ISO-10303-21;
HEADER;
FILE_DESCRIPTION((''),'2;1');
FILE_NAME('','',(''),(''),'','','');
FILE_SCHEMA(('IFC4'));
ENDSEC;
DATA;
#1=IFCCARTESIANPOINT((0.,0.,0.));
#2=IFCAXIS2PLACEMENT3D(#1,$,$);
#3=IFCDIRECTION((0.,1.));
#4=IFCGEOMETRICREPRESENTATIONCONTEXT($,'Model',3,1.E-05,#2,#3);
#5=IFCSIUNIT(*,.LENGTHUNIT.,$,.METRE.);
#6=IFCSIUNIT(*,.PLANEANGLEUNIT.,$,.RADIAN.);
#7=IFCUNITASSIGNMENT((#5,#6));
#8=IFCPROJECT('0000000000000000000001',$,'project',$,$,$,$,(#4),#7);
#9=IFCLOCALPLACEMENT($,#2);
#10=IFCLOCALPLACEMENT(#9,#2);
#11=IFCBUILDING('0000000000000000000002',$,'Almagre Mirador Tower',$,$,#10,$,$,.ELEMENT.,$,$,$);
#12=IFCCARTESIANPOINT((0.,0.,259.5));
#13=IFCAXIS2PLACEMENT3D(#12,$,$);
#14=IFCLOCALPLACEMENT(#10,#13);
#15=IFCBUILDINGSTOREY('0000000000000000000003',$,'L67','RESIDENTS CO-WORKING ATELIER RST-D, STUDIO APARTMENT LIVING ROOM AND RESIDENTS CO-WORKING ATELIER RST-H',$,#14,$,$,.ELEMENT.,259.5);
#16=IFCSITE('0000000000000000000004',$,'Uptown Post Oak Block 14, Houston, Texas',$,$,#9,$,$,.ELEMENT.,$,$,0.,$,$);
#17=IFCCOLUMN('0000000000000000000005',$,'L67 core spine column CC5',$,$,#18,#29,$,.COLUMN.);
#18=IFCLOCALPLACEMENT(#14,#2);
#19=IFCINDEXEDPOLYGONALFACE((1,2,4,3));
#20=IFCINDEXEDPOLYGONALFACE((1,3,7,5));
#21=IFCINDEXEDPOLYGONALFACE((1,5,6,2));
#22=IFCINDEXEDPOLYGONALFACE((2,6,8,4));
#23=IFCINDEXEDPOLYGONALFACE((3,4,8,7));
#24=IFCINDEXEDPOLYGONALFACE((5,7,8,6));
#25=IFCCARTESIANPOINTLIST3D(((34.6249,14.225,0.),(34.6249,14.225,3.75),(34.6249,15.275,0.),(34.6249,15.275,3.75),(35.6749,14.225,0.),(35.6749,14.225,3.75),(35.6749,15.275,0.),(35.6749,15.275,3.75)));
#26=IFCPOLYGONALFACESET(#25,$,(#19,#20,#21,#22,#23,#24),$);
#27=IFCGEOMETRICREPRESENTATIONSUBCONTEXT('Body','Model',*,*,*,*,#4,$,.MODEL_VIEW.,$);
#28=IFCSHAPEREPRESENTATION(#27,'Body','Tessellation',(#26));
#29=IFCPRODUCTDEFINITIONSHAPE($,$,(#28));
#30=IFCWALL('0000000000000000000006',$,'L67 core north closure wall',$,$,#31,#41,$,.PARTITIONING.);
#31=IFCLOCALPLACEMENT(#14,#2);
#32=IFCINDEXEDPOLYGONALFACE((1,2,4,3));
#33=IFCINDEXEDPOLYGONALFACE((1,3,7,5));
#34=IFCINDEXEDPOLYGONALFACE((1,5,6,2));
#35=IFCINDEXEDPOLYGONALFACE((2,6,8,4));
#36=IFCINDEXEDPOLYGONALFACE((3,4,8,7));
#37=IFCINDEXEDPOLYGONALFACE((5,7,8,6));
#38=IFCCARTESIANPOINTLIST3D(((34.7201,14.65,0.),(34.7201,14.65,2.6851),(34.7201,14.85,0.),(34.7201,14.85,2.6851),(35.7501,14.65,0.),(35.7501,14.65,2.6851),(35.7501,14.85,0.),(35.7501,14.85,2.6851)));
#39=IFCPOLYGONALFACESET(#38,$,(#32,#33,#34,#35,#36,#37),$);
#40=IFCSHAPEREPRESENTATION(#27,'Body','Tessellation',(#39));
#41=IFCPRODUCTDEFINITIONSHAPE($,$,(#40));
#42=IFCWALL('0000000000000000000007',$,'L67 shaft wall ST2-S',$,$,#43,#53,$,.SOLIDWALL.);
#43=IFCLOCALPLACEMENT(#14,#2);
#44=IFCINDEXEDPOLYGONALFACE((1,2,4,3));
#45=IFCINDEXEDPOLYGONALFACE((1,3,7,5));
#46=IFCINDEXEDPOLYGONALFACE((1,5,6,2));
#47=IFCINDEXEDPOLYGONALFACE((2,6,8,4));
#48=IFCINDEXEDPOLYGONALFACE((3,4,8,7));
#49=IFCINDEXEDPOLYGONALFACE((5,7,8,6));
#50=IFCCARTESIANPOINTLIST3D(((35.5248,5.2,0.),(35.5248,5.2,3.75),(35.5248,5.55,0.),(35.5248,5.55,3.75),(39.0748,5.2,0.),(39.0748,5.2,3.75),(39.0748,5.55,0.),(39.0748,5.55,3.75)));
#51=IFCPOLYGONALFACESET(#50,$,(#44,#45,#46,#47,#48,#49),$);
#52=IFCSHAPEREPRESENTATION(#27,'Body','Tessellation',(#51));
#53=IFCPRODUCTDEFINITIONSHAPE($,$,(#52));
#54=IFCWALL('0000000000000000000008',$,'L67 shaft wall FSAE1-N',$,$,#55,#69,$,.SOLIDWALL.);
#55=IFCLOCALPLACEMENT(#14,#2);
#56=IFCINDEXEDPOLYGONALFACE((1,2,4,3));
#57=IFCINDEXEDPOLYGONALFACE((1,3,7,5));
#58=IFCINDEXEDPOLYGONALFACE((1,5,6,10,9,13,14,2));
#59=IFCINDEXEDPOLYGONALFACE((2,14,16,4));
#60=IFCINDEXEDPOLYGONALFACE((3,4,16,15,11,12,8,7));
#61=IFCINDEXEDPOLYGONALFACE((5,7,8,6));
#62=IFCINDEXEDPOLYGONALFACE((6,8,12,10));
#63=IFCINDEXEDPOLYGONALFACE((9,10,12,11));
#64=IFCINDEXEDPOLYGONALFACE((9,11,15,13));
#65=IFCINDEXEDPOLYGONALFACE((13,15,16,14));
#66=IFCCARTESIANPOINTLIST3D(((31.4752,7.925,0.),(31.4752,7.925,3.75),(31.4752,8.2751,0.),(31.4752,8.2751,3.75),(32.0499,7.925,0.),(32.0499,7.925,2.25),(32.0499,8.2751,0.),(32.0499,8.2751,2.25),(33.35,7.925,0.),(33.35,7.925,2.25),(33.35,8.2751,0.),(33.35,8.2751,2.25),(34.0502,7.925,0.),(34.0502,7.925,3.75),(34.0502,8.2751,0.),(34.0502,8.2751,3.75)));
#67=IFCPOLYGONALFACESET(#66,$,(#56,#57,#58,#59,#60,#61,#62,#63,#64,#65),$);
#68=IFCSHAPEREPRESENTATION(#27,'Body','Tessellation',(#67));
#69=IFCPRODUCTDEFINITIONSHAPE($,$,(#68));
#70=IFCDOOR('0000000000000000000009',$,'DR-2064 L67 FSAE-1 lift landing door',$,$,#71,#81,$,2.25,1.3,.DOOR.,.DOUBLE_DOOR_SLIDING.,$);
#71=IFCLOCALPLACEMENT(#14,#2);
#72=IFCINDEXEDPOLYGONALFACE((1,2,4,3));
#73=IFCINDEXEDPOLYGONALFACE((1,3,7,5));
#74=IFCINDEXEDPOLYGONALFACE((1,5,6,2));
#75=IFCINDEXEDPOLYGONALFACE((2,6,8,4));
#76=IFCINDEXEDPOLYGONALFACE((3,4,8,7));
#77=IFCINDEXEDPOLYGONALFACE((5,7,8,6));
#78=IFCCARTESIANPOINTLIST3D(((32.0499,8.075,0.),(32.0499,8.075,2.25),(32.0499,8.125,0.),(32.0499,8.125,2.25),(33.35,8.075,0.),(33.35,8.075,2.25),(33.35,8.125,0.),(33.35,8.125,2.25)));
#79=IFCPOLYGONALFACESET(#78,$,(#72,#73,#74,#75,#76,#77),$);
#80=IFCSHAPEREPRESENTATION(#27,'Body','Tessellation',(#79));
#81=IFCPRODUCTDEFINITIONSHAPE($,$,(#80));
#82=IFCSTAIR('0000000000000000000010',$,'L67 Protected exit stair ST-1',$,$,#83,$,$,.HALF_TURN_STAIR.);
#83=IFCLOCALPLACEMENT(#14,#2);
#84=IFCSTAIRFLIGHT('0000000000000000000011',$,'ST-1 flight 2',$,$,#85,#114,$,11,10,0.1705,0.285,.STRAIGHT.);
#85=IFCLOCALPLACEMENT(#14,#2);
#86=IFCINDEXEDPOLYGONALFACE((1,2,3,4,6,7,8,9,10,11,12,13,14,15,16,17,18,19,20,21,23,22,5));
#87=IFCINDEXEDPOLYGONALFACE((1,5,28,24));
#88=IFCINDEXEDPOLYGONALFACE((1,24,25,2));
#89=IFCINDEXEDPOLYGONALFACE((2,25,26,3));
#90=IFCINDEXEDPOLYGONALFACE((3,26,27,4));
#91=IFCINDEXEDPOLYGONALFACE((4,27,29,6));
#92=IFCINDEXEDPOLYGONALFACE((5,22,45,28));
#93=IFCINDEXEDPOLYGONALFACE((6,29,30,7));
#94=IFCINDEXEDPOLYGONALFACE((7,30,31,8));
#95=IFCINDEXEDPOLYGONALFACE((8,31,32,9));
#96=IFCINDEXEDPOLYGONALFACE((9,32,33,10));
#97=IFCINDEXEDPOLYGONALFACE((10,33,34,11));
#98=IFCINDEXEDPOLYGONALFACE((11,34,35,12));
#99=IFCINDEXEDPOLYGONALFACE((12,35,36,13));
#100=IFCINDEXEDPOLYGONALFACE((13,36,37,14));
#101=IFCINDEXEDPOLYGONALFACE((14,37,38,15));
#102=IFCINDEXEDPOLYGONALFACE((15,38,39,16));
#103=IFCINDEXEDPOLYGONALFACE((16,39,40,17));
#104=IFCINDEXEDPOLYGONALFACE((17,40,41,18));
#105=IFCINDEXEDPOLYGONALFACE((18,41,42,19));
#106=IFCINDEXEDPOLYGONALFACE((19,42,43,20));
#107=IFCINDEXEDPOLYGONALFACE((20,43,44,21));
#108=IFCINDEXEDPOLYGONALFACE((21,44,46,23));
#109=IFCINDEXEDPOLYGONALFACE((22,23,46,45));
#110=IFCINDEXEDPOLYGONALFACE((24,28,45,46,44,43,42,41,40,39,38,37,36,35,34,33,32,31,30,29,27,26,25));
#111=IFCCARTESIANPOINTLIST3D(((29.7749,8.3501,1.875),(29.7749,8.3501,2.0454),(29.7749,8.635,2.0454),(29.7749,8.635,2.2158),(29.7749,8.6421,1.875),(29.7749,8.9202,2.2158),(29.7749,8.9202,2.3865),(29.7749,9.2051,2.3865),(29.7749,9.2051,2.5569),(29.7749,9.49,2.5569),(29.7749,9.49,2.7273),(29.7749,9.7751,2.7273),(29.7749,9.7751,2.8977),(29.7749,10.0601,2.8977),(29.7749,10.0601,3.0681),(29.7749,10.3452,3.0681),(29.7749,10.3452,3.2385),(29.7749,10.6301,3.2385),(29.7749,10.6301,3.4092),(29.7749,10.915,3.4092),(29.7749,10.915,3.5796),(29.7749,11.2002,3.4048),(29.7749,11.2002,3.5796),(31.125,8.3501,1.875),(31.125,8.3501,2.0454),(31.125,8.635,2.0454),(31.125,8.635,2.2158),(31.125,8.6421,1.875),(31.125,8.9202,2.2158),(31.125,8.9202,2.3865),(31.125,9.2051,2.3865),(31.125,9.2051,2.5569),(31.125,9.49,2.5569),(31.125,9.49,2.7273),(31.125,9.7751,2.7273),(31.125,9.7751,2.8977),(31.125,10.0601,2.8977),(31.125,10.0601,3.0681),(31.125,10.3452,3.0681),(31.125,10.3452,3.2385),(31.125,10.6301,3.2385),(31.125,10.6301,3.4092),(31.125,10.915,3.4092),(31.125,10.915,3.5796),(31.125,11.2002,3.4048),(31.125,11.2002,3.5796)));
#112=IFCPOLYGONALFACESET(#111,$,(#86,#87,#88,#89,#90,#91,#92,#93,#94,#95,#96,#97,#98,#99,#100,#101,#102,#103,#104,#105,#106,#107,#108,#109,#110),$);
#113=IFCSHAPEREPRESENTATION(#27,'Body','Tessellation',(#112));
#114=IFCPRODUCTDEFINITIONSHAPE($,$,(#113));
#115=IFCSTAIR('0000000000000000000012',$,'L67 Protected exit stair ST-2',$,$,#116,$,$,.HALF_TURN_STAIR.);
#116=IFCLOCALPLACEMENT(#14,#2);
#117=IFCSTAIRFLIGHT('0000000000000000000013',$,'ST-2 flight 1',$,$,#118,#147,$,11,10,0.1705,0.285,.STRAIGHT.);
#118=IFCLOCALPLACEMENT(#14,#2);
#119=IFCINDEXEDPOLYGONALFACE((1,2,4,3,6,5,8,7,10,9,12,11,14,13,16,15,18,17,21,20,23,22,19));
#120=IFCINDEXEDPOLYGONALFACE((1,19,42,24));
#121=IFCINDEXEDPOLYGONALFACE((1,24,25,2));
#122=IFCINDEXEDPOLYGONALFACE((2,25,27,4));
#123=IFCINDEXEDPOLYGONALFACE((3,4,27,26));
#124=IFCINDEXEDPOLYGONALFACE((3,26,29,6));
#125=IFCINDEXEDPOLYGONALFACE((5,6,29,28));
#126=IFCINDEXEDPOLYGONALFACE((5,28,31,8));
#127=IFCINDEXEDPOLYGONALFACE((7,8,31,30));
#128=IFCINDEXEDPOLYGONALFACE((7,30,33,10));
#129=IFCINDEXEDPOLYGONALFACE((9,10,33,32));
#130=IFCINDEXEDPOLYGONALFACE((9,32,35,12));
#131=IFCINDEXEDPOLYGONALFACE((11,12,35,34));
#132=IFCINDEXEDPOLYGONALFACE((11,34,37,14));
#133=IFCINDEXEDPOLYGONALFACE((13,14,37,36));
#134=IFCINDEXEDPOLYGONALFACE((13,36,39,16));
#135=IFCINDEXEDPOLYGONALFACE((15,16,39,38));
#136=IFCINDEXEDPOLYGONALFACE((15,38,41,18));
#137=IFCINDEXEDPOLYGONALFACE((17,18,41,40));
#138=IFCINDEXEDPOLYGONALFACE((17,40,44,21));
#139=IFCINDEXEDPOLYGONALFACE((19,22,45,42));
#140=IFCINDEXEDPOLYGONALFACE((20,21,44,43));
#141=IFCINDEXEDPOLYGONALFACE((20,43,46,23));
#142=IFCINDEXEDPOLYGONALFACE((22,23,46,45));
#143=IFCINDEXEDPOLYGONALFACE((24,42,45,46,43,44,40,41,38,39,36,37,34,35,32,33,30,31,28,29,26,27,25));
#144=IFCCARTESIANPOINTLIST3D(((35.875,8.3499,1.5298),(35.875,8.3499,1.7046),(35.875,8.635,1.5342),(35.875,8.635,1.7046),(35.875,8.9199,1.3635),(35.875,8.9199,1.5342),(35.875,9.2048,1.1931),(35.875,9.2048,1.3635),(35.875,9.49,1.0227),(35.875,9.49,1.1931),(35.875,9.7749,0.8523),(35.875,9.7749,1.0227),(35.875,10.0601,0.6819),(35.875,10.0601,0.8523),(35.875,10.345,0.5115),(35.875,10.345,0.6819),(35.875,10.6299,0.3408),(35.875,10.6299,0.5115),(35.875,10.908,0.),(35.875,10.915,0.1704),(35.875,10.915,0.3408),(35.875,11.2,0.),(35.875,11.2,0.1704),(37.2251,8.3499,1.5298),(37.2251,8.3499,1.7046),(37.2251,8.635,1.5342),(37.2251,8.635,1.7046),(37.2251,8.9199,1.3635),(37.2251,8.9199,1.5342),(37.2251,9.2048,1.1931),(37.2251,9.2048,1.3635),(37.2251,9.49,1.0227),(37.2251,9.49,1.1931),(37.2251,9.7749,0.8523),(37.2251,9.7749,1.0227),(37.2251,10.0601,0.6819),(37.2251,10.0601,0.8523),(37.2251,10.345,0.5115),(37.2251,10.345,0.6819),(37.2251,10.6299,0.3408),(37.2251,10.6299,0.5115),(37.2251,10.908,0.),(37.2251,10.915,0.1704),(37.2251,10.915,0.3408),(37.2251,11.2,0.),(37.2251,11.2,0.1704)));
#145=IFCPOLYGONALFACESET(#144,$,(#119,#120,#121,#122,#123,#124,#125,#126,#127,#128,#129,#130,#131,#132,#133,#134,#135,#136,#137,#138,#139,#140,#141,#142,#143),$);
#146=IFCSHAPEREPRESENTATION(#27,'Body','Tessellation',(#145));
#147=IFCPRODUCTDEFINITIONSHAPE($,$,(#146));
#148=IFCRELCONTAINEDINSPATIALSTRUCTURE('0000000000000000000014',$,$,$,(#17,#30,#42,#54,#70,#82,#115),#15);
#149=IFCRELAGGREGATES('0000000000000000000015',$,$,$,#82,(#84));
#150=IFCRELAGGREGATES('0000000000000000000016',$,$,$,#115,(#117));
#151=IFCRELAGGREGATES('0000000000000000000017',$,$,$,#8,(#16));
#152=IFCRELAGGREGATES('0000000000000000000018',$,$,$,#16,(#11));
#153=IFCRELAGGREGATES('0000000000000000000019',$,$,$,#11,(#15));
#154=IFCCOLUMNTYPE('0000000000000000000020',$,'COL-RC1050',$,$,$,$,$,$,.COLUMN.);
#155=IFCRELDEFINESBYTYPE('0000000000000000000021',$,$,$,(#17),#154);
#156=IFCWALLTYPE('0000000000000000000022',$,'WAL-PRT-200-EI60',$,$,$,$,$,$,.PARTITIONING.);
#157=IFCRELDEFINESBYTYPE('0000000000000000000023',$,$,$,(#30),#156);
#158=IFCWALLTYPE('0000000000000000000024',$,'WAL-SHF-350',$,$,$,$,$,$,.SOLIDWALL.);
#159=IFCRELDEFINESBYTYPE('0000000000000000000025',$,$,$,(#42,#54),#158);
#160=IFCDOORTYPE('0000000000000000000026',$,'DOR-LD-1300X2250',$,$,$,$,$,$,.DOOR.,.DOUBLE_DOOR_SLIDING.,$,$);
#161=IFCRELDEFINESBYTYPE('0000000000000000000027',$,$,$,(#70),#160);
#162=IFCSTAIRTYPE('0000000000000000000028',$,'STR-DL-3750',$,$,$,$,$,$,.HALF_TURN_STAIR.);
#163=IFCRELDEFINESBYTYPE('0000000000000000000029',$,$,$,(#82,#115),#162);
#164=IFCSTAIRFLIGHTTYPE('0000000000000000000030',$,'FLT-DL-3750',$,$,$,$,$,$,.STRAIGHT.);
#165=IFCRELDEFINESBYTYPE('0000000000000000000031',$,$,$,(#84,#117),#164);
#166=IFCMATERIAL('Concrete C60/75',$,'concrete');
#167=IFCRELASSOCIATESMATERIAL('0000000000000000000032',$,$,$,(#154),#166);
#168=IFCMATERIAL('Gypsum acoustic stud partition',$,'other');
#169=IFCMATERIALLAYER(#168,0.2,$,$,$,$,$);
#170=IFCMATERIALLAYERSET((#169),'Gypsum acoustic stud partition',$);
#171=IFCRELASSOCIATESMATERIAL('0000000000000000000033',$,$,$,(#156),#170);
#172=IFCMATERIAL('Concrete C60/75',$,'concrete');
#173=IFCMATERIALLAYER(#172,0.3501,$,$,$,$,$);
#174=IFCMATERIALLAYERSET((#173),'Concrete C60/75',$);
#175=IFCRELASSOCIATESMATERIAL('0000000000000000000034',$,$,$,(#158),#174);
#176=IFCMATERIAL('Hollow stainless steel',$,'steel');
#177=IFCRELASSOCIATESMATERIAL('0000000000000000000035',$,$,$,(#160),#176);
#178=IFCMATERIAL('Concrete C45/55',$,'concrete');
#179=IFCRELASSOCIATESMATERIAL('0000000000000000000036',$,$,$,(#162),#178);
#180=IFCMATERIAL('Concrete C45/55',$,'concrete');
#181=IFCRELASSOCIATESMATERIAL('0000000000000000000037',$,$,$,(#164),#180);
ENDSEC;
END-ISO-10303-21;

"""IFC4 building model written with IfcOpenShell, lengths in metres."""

from ifc_helpers import new_model, si_unit, direction, frame, frame_2d, origin, origin_2d, place, context, subcontext, project, spatial, polyline, rectangle, outline, extrude, material, layer, layer_set, material_profile, profile_set, type_object, element, fill, aggregate, save


model = new_model("IFC4")

# Units and contexts
model_context = context("Model", 3, precision=1e-05, world=origin(), true_north=direction((0.0, 1.0)))
body_context = subcontext(model_context, "Body", "Model", "MODEL_VIEW")
ifc_project = project(units=[si_unit("LENGTHUNIT", "METRE"), si_unit("PLANEANGLEUNIT", "RADIAN")], contexts=[model_context])

# Site, building, storey
site_placement = place(None, origin())
site = spatial("IfcSite", under=ifc_project, at=site_placement, Name="Uptown Post Oak Block 14, Houston, Texas", CompositionType="ELEMENT", RefElevation=0.0)
building_placement = place(site_placement, origin())
building = spatial("IfcBuilding", under=site, at=building_placement, Name="Almagre Mirador Tower", CompositionType="ELEMENT")
storey_placement = place(building_placement, frame((0.0, 0.0, 259.5)))
storey = spatial("IfcBuildingStorey", under=building, at=storey_placement, Name="L67", Description="RESIDENTS CO-WORKING ATELIER RST-D, STUDIO APARTMENT LIVING ROOM AND RESIDENTS CO-WORKING ATELIER RST-H", CompositionType="ELEMENT", Elevation=259.5)

# Column
ifc_material_1 = material(Name="Concrete C60/75", Category="concrete")
ifc_material_profile = material_profile(ifc_material_1, rectangle(XDim=1.05, YDim=1.05, at=origin_2d()), Name="RC1050X1050")
ifc_profile_set = profile_set([ifc_material_profile], Name="Concrete C60/75")
column_type = type_object("IfcColumnType", Name="COL-RC1050", PredefinedType="COLUMN", material=ifc_profile_set)
column_placement = place(storey_placement, frame((35.1499, 14.75, 0.0), z_axis=(0.0, 0.0, 1.0), x_axis=(1.0, 0.0, 0.0)))
element("IfcColumn", 1, at=column_placement, inside=storey, type_object=column_type, Name="L67 core spine column CC5", PredefinedType="COLUMN", context=body_context, shape_type="SweptSolid", body=[
    extrude(rectangle(XDim=1.05, YDim=1.05, at=origin_2d()), origin(), (0.0, 0.0, 1.0), 3.75),
])

# Wall
ifc_material_2 = material(Name="Gypsum acoustic stud partition", Category="other")
ifc_layer_1 = layer(ifc_material_2, 0.2)
ifc_layer_set_1 = layer_set([ifc_layer_1], Name="Gypsum acoustic stud partition")
wall_type_1 = type_object("IfcWallType", Name="WAL-PRT-200-EI60", PredefinedType="PARTITIONING", material=ifc_layer_set_1)
wall_1_placement = place(storey_placement, frame((34.72, 14.75, 0.0), z_axis=(0.0, 0.0, 1.0), x_axis=(1.0, 0.0, 0.0)))
element("IfcWall", 2, at=wall_1_placement, inside=storey, type_object=wall_type_1, Name="L67 core north closure wall", PredefinedType="PARTITIONING", context=body_context, shape_type="SweptSolid", body=[
    extrude(rectangle(XDim=1.03, YDim=0.2, at=frame_2d((0.5151, 0.0))), origin(), (0.0, 0.0, 1.0), 2.6851),
])

# Wall
ifc_material_3 = material(Name="Concrete C60/75", Category="concrete")
ifc_layer_2 = layer(ifc_material_3, 0.3501)
ifc_layer_set_2 = layer_set([ifc_layer_2], Name="Concrete C60/75")
wall_type_2 = type_object("IfcWallType", Name="WAL-SHF-350", PredefinedType="SOLIDWALL", material=ifc_layer_set_2)
wall_2_placement = place(storey_placement, frame((35.5249, 5.375, 0.0), z_axis=(0.0, 0.0, 1.0), x_axis=(1.0, 0.0, 0.0)))
element("IfcWall", 3, at=wall_2_placement, inside=storey, type_object=wall_type_2, Name="L67 shaft wall ST2-S", PredefinedType="SOLIDWALL", context=body_context, shape_type="SweptSolid", body=[
    extrude(rectangle(XDim=3.55, YDim=0.3501, at=frame_2d((1.7749, 0.0))), origin(), (0.0, 0.0, 1.0), 3.75),
])

# Wall, opening, door
wall_3_placement = place(storey_placement, frame((31.4751, 8.1001, 0.0), z_axis=(0.0, 0.0, 1.0), x_axis=(1.0, 0.0, 0.0)))
wall_3 = element("IfcWall", 4, at=wall_3_placement, inside=storey, type_object=wall_type_2, Name="L67 shaft wall FSAE1-N", PredefinedType="SOLIDWALL", context=body_context, shape_type="SweptSolid", body=[
    extrude(rectangle(XDim=2.575, YDim=0.3501, at=frame_2d((1.2876, 0.0))), origin(), (0.0, 0.0, 1.0), 3.75),
])
opening_1_placement = place(wall_3_placement, frame((0.575, 0.0, 0.0)))
opening_1 = element("IfcOpeningElement", 5, at=opening_1_placement, cuts=wall_3, PredefinedType="OPENING", context=body_context, shape_type="SweptSolid", body=[
    extrude(rectangle(XDim=1.3, YDim=2.25, at=frame_2d((0.6499, 1.125))), frame((0.0, 0.185, 0.0), z_axis=(0.0, -1.0, 0.0), x_axis=(1.0, 0.0, 0.0)), (0.0, 0.0, 1.0), 0.3701),
])
ifc_material_4 = material(Name="Hollow stainless steel", Category="steel")
door_type_1 = type_object("IfcDoorType", Name="DOR-LD-1300X2250", OperationType="DOUBLE_DOOR_SLIDING", PredefinedType="DOOR", material=ifc_material_4)
door_1_placement = place(opening_1_placement, origin())
door_1 = element("IfcDoor", 6, at=door_1_placement, inside=storey, type_object=door_type_1, Name="DR-2064 L67 FSAE-1 lift landing door", OperationType="DOUBLE_DOOR_SLIDING", OverallHeight=2.25, OverallWidth=1.3, PredefinedType="DOOR", context=body_context, shape_type="SweptSolid", body=[
    extrude(rectangle(XDim=1.3, YDim=2.25, at=frame_2d((0.6499, 1.125))), frame((0.0, 0.0249, 0.0), z_axis=(0.0, -1.0, 0.0), x_axis=(1.0, 0.0, 0.0)), (0.0, 0.0, 1.0), 0.05),
])
fill(opening_1, door_1)

# Stairs, stair flights
ifc_material_5 = material(Name="Concrete C45/55", Category="concrete")
stair_type = type_object("IfcStairType", Name="STR-DL-3750", PredefinedType="HALF_TURN_STAIR", material=ifc_material_5)
stair_1_placement = place(storey_placement, origin())
stair_1 = element("IfcStair", 7, at=stair_1_placement, inside=storey, type_object=stair_type, Name="L67 Protected exit stair ST-1", PredefinedType="HALF_TURN_STAIR")
ifc_material_6 = material(Name="Concrete C45/55", Category="concrete")
stair_flight_type = type_object("IfcStairFlightType", Name="FLT-DL-3750", PredefinedType="STRAIGHT", material=ifc_material_6)
stair_flight_1_placement = place(storey_placement, frame((30.45, 8.3501, 1.875), z_axis=(0.0, 0.0, 1.0), x_axis=(0.0, 1.0, 0.0)))
stair_flight_1 = element("IfcStairFlight", 8, at=stair_flight_1_placement, type_object=stair_flight_type, Name="ST-1 flight 2", NumberOfRisers=11, NumberOfTreads=10, PredefinedType="STRAIGHT", RiserHeight=0.1705, TreadLength=0.285, context=body_context, shape_type="SweptSolid", body=[
    extrude(outline(polyline([(0.0, 0.0), (0.0, 0.1704), (0.2849, 0.1704), (0.2849, 0.3408), (0.5701, 0.3408), (0.5701, 0.5115), (0.855, 0.5115), (0.855, 0.6819), (1.1399, 0.6819), (1.1399, 0.8523), (1.425, 0.8523), (1.425, 1.0227), (1.71, 1.0227), (1.71, 1.1931), (1.9951, 1.1931), (1.9951, 1.3635), (2.28, 1.3635), (2.28, 1.5342), (2.5649, 1.5342), (2.5649, 1.7046), (2.8501, 1.7046), (2.8501, 1.875), (2.8501, 1.5298), (0.292, 0.0), (0.0, 0.0)])), frame((0.0, 0.675, 0.0), z_axis=(0.0, -1.0, 0.0), x_axis=(1.0, 0.0, 0.0)), (0.0, 0.0, 1.0), 1.3501),
])
aggregate(stair_1, [stair_flight_1])
stair_2_placement = place(storey_placement, origin())
stair_2 = element("IfcStair", 9, at=stair_2_placement, inside=storey, type_object=stair_type, Name="L67 Protected exit stair ST-2", PredefinedType="HALF_TURN_STAIR")
stair_flight_2_placement = place(storey_placement, frame((36.55, 11.2, 0.0), z_axis=(0.0, 0.0, 1.0), x_axis=(0.0, -1.0, 0.0)))
stair_flight_2 = element("IfcStairFlight", 10, at=stair_flight_2_placement, type_object=stair_flight_type, Name="ST-2 flight 1", NumberOfRisers=11, NumberOfTreads=10, PredefinedType="STRAIGHT", RiserHeight=0.1705, TreadLength=0.285, context=body_context, shape_type="SweptSolid", body=[
    extrude(outline(polyline([(0.0, 0.0), (0.0, 0.1704), (0.2849, 0.1704), (0.2849, 0.3408), (0.5701, 0.3408), (0.5701, 0.5115), (0.855, 0.5115), (0.855, 0.6819), (1.1399, 0.6819), (1.1399, 0.8523), (1.425, 0.8523), (1.425, 1.0227), (1.71, 1.0227), (1.71, 1.1931), (1.9951, 1.1931), (1.9951, 1.3635), (2.28, 1.3635), (2.28, 1.5342), (2.5649, 1.5342), (2.5649, 1.7046), (2.8501, 1.7046), (2.8501, 1.875), (2.8501, 1.5298), (0.292, 0.0), (0.0, 0.0)])), frame((0.0, 0.675, 0.0), z_axis=(0.0, -1.0, 0.0), x_axis=(1.0, 0.0, 0.0)), (0.0, 0.0, 1.0), 1.3501),
])
aggregate(stair_2, [stair_flight_2])

save(model, "model.ifc")
